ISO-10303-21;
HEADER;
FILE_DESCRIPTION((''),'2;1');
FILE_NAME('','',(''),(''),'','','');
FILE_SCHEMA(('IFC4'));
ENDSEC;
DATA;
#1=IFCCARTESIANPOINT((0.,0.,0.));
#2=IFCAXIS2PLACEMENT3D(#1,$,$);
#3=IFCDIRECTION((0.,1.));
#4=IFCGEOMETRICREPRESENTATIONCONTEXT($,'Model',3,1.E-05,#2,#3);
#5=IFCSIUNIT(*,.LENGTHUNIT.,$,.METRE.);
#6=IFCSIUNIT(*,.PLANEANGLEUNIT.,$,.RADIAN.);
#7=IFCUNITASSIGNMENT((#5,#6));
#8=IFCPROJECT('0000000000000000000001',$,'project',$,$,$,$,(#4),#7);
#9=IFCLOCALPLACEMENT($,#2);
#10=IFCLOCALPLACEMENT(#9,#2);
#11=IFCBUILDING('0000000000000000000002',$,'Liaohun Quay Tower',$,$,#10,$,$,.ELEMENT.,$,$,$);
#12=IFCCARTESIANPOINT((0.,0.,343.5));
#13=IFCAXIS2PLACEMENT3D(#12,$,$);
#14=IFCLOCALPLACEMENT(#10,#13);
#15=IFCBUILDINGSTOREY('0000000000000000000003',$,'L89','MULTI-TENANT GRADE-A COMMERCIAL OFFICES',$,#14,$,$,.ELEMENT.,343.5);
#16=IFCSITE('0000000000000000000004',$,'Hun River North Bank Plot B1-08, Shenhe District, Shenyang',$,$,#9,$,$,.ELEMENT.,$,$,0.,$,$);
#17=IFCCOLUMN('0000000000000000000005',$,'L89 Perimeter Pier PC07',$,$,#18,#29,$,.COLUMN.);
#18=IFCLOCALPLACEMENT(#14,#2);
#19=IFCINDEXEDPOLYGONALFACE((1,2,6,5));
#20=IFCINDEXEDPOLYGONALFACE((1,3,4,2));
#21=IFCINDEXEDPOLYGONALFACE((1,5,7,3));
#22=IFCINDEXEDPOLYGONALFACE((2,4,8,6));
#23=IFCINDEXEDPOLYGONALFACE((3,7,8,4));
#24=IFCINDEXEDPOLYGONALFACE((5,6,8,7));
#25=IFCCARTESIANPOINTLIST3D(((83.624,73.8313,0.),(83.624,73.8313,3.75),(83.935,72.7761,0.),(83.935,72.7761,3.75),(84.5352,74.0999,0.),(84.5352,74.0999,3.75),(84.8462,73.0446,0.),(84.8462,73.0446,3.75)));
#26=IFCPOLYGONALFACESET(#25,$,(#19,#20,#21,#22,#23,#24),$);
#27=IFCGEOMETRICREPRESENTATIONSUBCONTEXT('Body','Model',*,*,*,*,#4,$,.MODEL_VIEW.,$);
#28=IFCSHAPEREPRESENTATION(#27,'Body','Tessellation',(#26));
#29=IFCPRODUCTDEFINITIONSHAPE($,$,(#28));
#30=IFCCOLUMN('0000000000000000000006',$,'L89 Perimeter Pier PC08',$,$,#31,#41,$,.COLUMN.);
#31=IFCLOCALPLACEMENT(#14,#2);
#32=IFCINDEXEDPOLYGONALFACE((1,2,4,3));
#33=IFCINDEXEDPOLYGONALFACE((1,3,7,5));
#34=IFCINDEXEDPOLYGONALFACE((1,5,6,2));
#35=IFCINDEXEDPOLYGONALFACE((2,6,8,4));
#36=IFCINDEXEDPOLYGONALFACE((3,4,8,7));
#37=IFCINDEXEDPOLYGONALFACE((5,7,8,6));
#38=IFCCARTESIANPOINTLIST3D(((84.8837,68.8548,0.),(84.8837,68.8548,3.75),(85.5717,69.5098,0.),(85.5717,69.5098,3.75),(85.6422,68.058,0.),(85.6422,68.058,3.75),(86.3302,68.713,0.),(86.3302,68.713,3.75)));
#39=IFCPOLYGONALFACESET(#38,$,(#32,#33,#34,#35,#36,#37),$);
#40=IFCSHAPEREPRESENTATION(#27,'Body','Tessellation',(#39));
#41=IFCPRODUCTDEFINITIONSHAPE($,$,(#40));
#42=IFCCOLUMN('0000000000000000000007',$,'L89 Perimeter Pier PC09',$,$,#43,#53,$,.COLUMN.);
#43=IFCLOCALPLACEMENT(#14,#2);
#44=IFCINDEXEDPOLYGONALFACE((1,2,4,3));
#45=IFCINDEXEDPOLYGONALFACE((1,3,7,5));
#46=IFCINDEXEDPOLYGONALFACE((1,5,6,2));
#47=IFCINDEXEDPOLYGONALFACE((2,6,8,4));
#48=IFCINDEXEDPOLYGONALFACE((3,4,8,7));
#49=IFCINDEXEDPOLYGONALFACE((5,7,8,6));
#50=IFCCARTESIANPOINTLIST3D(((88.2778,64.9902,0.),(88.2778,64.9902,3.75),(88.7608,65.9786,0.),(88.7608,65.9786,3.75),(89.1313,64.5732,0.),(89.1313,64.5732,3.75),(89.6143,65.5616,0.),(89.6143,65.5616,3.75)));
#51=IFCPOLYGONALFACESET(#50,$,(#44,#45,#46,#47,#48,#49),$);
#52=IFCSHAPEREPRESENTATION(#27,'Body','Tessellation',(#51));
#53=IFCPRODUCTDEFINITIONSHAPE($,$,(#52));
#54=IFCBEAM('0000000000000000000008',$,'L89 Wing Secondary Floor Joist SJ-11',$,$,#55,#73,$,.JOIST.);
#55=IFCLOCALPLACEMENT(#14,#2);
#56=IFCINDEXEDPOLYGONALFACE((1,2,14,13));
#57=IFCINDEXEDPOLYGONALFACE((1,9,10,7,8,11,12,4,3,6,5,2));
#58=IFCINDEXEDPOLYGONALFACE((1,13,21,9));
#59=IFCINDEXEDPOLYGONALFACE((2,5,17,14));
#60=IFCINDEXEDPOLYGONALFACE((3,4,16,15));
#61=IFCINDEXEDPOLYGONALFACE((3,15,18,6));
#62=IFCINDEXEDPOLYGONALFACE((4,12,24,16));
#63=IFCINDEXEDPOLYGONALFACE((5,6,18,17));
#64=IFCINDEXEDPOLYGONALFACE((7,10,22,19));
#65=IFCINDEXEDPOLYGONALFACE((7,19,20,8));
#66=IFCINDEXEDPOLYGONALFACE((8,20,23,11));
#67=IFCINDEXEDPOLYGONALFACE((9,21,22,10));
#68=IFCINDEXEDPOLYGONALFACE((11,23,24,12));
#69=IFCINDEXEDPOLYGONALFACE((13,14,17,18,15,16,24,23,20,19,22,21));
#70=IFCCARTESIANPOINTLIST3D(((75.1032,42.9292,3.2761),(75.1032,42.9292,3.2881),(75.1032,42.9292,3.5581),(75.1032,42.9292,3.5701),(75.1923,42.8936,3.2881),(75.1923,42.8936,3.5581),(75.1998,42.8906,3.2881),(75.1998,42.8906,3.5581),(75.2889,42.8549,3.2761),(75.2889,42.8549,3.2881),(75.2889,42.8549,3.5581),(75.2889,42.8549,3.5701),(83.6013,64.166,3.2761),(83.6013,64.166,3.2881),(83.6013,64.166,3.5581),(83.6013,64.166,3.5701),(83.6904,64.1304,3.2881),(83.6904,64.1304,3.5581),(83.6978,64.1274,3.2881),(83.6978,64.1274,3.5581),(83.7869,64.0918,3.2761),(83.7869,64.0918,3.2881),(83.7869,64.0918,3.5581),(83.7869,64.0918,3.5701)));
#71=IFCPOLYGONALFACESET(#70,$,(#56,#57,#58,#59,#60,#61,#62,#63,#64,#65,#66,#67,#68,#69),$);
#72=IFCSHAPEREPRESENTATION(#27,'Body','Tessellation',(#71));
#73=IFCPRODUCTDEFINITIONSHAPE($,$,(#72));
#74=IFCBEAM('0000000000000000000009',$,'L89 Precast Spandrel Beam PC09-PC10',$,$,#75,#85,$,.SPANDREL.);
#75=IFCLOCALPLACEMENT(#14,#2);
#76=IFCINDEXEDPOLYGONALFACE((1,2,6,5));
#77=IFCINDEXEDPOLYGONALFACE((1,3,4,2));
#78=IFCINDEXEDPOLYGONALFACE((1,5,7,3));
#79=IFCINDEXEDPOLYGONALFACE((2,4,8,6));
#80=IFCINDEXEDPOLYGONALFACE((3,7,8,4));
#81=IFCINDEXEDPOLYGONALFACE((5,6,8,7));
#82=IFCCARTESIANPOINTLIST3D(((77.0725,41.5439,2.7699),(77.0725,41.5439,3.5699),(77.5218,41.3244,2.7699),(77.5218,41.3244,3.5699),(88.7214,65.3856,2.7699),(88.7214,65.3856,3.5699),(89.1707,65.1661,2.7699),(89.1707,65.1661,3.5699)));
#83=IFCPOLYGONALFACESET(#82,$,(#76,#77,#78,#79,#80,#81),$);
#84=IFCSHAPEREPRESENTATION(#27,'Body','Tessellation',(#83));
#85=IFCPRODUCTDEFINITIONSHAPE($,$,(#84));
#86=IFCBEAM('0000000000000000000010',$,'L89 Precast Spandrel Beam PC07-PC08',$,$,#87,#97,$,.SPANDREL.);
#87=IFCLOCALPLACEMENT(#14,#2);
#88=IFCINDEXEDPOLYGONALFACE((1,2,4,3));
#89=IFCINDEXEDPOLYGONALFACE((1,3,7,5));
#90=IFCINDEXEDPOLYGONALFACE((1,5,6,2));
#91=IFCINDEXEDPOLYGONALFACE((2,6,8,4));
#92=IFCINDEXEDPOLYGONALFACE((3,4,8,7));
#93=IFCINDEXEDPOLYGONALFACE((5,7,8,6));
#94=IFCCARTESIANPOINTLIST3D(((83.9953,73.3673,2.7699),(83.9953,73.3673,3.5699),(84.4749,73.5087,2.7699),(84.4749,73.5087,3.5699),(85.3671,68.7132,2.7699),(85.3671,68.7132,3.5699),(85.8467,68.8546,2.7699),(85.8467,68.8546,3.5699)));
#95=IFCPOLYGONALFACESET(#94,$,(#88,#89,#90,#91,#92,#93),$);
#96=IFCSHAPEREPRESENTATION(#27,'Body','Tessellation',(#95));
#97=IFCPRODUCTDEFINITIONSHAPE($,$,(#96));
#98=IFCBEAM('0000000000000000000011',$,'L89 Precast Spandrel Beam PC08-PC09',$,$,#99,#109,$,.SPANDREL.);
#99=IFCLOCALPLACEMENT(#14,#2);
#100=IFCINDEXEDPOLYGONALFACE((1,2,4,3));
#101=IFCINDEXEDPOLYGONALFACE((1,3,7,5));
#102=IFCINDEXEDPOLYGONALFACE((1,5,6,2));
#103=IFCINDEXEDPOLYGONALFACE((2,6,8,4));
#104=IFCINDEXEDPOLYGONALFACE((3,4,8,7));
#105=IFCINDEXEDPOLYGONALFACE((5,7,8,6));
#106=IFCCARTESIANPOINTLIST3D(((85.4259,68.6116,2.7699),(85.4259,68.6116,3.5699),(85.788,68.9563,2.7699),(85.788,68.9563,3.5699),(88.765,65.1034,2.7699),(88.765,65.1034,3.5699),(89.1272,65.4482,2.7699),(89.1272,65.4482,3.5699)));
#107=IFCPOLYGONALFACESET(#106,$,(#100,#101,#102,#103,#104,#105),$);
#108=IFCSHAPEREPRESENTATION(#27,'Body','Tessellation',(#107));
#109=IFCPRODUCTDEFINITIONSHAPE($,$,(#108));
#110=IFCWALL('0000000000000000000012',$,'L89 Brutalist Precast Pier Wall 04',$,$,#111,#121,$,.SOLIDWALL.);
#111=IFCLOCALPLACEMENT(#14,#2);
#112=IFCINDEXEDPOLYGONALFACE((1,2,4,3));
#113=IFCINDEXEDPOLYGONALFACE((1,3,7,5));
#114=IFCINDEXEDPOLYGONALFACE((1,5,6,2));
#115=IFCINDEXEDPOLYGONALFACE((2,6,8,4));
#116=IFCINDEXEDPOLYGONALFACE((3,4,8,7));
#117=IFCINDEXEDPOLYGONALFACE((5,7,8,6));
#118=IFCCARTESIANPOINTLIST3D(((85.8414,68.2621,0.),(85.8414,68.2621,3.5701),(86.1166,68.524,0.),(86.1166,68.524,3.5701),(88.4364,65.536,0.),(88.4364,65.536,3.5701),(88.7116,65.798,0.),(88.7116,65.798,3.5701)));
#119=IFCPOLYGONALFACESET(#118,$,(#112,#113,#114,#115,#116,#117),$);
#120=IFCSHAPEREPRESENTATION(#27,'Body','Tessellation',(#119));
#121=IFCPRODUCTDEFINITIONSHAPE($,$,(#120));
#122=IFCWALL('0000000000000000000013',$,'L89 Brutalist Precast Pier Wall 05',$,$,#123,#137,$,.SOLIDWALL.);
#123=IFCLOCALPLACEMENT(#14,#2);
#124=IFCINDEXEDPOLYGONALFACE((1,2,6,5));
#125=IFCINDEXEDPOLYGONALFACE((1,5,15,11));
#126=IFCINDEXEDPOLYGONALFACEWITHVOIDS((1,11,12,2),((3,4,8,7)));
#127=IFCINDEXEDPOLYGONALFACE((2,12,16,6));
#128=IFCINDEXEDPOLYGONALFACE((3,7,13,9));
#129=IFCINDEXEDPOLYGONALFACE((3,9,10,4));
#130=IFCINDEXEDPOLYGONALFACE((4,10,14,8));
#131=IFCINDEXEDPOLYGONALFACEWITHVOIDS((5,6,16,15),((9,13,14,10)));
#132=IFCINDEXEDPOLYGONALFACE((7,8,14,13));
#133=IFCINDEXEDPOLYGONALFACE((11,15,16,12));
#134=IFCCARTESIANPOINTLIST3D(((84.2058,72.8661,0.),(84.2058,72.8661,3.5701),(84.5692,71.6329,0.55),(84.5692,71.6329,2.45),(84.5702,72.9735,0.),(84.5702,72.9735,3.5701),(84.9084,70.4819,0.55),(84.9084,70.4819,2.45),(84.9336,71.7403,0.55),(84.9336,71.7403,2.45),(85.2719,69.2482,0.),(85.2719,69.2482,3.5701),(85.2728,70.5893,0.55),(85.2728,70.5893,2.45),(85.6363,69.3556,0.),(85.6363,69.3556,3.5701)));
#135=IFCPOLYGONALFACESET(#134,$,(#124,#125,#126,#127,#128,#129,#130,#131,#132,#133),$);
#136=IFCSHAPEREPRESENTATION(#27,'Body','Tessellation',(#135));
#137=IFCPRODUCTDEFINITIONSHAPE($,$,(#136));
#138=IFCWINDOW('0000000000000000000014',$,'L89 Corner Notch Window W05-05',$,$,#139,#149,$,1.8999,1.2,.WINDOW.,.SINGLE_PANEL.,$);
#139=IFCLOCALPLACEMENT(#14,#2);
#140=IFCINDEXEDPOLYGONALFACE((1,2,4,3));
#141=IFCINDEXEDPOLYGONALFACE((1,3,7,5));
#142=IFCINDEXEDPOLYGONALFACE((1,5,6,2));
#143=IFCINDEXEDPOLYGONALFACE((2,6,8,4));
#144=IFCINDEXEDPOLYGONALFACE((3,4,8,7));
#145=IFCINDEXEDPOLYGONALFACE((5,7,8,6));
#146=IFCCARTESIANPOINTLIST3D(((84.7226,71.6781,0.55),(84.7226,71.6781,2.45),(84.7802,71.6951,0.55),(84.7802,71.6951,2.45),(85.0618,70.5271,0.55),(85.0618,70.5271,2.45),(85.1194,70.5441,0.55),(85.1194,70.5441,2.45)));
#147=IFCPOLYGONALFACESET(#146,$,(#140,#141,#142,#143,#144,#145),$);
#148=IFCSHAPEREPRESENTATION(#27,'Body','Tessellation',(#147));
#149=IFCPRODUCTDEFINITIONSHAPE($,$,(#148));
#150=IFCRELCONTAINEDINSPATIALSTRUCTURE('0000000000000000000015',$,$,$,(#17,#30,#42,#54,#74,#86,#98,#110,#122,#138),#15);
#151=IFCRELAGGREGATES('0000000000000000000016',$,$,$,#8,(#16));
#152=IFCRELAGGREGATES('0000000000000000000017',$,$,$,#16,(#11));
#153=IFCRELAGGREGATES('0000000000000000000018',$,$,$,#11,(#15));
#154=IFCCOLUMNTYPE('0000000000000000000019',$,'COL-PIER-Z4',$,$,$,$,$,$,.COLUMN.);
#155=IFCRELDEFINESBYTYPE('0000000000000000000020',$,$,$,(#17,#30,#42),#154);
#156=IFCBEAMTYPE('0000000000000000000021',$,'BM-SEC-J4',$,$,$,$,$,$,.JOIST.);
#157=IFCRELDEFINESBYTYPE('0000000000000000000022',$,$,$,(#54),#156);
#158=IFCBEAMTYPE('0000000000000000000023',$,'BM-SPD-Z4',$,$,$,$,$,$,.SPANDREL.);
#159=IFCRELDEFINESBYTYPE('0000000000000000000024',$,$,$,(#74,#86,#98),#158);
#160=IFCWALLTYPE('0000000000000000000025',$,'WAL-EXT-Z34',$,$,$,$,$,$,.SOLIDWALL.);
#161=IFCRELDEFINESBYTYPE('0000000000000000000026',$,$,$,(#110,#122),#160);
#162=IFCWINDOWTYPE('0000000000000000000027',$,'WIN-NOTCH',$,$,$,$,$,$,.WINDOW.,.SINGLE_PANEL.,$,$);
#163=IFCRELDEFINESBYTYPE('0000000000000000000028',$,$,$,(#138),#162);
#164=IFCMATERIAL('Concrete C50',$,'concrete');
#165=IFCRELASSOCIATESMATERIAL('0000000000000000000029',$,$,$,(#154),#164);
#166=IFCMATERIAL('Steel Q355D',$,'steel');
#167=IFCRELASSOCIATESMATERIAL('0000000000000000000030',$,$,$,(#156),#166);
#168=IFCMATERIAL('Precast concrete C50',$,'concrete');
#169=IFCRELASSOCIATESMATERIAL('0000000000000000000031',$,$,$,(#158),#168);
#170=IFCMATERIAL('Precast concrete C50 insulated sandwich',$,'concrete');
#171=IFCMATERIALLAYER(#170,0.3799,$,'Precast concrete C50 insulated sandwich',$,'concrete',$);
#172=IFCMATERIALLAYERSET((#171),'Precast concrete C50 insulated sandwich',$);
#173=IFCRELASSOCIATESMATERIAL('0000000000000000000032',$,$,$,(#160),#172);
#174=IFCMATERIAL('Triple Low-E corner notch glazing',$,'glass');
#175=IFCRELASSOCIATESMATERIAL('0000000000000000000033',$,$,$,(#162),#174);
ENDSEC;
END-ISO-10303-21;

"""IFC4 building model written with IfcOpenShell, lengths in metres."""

from ifc_helpers import new_model, si_unit, direction, frame, frame_2d, origin, origin_2d, place, context, subcontext, project, spatial, rectangle, i_section, extrude, source, transform, mapped, material, layer, layer_set, material_profile, profile_set, type_object, element, fill, save


model = new_model("IFC4")

# Units and contexts
model_context = context("Model", 3, precision=1e-05, world=origin(), true_north=direction((0.0, 1.0)))
body_context = subcontext(model_context, "Body", "Model", "MODEL_VIEW")
ifc_project = project(units=[si_unit("LENGTHUNIT", "METRE"), si_unit("PLANEANGLEUNIT", "RADIAN")], contexts=[model_context])

# Site, building, storey
site_placement = place(None, origin())
site = spatial("IfcSite", under=ifc_project, at=site_placement, Name="Hun River North Bank Plot B1-08, Shenhe District, Shenyang", CompositionType="ELEMENT", RefElevation=0.0)
building_placement = place(site_placement, origin())
building = spatial("IfcBuilding", under=site, at=building_placement, Name="Liaohun Quay Tower", CompositionType="ELEMENT")
storey_placement = place(building_placement, frame((0.0, 0.0, 343.5)))
storey = spatial("IfcBuildingStorey", under=building, at=storey_placement, Name="L89", Description="MULTI-TENANT GRADE-A COMMERCIAL OFFICES", CompositionType="ELEMENT", Elevation=343.5)

# Columns
ifc_material_1 = material(Name="Concrete C50", Category="concrete")
ifc_material_profile_1 = material_profile(ifc_material_1, rectangle(XDim=1.1001, YDim=0.95, at=origin_2d()), Name="RC1100x950")
ifc_profile_set_1 = profile_set([ifc_material_profile_1], Name="Concrete C50")
column_type = type_object("IfcColumnType", Name="COL-PIER-Z4", PredefinedType="COLUMN", material=ifc_profile_set_1)
shared_shape_1 = source(origin(), body_context, "Body", "SweptSolid", [
    extrude(rectangle(XDim=1.1001, YDim=0.95, at=origin_2d()), origin(), (0.0, 0.0, 1.0), 3.75),
])
for number, where, z_axis, x_axis, name in (
    (1, (84.2351, 73.438, 0.0), (0.0, 0.0, 1.0), (-0.282676, 0.959215, 0.0), "L89 Perimeter Pier PC07"),
    (2, (85.6069, 68.7839, 0.0), (0.0, 0.0, 1.0), (-0.689493, 0.724292, 0.0), "L89 Perimeter Pier PC08"),
    (3, (88.946, 65.2759, 0.0), (0.0, 0.0, 1.0), (0.438999, 0.898488, 0.0), "L89 Perimeter Pier PC09"),
):
    element("IfcColumn", number, at=place(storey_placement, frame(where, z_axis=z_axis, x_axis=x_axis)), inside=storey, type_object=column_type, Name=name, PredefinedType="COLUMN", context=body_context, shape_type="MappedRepresentation", body=[
        mapped(shared_shape_1, transform((0.0, 0.0, 0.0), x_axis=(1.0, 0.0, 0.0), y_axis=(0.0, 1.0, 0.0), z_axis=(0.0, 0.0, 1.0), scale=1.0)),
    ])

# Beams
ifc_material_2 = material(Name="Steel Q355D", Category="steel")
ifc_material_profile_2 = material_profile(ifc_material_2, i_section(OverallWidth=0.2, OverallDepth=0.2939, WebThickness=0.0081, FlangeThickness=0.012, at=origin_2d()), Name="HM294x200x8x12")
ifc_profile_set_2 = profile_set([ifc_material_profile_2], Name="Steel Q355D")
beam_type_1 = type_object("IfcBeamType", Name="BM-SEC-J4", PredefinedType="JOIST", material=ifc_profile_set_2)
shared_shape_2 = source(origin(), body_context, "Body", "SweptSolid", [
    extrude(i_section(OverallWidth=0.2, OverallDepth=0.2939, WebThickness=0.0081, FlangeThickness=0.012, at=origin_2d()), origin(), (0.0, 0.0, 1.0), 22.874),
])
beam_1_placement = place(storey_placement, frame((83.6941, 64.1289, 3.4231), z_axis=(-0.371516, -0.928427, 0.0), x_axis=(0.928427, -0.371516, 0.0)))
element("IfcBeam", 4, at=beam_1_placement, inside=storey, type_object=beam_type_1, Name="L89 Wing Secondary Floor Joist SJ-11", PredefinedType="JOIST", context=body_context, shape_type="MappedRepresentation", body=[
    mapped(shared_shape_2, transform((0.0, 0.0, 0.0), x_axis=(1.0, 0.0, 0.0), y_axis=(0.0, 1.0, 0.0), z_axis=(0.0, 0.0, 1.0), scale=1.0)),
])
ifc_material_3 = material(Name="Precast concrete C50", Category="concrete")
ifc_material_profile_3 = material_profile(ifc_material_3, rectangle(XDim=0.5, YDim=0.8, at=origin_2d()), Name="RC500x800")
ifc_profile_set_3 = profile_set([ifc_material_profile_3], Name="Precast concrete C50")
beam_type_2 = type_object("IfcBeamType", Name="BM-SPD-Z4", PredefinedType="SPANDREL", material=ifc_profile_set_3)
shared_shape_3 = source(origin(), body_context, "Body", "SweptSolid", [
    extrude(rectangle(XDim=0.5, YDim=0.8, at=origin_2d()), origin(), (0.0, 0.0, 1.0), 26.5354),
])
beam_2_placement = place(storey_placement, frame((88.946, 65.2759, 3.1699), z_axis=(-0.438995, -0.898489, 0.0), x_axis=(0.898489, -0.438995, 0.0)))
element("IfcBeam", 5, at=beam_2_placement, inside=storey, type_object=beam_type_2, Name="L89 Precast Spandrel Beam PC09-PC10", PredefinedType="SPANDREL", context=body_context, shape_type="MappedRepresentation", body=[
    mapped(shared_shape_3, transform((0.0, 0.0, 0.0), x_axis=(1.0, 0.0, 0.0), y_axis=(0.0, 1.0, 0.0), z_axis=(0.0, 0.0, 1.0), scale=1.0)),
])
shared_shape_4 = source(origin(), body_context, "Body", "SweptSolid", [
    extrude(rectangle(XDim=0.5, YDim=0.8, at=origin_2d()), origin(), (0.0, 0.0, 1.0), 4.8521),
])
beam_3_placement = place(storey_placement, frame((84.2351, 73.438, 3.1699), z_axis=(0.282733, -0.959199, 0.0), x_axis=(0.959199, 0.282733, 0.0)))
element("IfcBeam", 6, at=beam_3_placement, inside=storey, type_object=beam_type_2, Name="L89 Precast Spandrel Beam PC07-PC08", PredefinedType="SPANDREL", context=body_context, shape_type="MappedRepresentation", body=[
    mapped(shared_shape_4, transform((0.0, 0.0, 0.0), x_axis=(1.0, 0.0, 0.0), y_axis=(0.0, 1.0, 0.0), z_axis=(0.0, 0.0, 1.0), scale=1.0)),
])
shared_shape_5 = source(origin(), body_context, "Body", "SweptSolid", [
    extrude(rectangle(XDim=0.5, YDim=0.8, at=origin_2d()), origin(), (0.0, 0.0, 1.0), 4.8433),
])
beam_4_placement = place(storey_placement, frame((85.6069, 68.7839, 3.1699), z_axis=(0.68945, -0.724333, 0.0), x_axis=(0.724333, 0.68945, 0.0)))
element("IfcBeam", 7, at=beam_4_placement, inside=storey, type_object=beam_type_2, Name="L89 Precast Spandrel Beam PC08-PC09", PredefinedType="SPANDREL", context=body_context, shape_type="MappedRepresentation", body=[
    mapped(shared_shape_5, transform((0.0, 0.0, 0.0), x_axis=(1.0, 0.0, 0.0), y_axis=(0.0, 1.0, 0.0), z_axis=(0.0, 0.0, 1.0), scale=1.0)),
])

# Wall
ifc_material_4 = material(Name="Precast concrete C50 insulated sandwich", Category="concrete")
ifc_layer_1 = layer(ifc_material_4, 0.3799, Name="Precast concrete C50 insulated sandwich", Category="concrete")
ifc_layer_set_1 = layer_set([ifc_layer_1], Name="Precast concrete C50 insulated sandwich")
wall_type_1 = type_object("IfcWallType", Name="WAL-EXT-Z34", PredefinedType="SOLIDWALL", material=ifc_layer_set_1)
wall_1_placement = place(storey_placement, frame((88.574, 65.667, 0.0), z_axis=(0.0, 0.0, 1.0), x_axis=(-0.689475, 0.724309, 0.0)))
element("IfcWall", 8, at=wall_1_placement, inside=storey, type_object=wall_type_1, Name="L89 Brutalist Precast Pier Wall 04", PredefinedType="SOLIDWALL", context=body_context, shape_type="SweptSolid", body=[
    extrude(rectangle(XDim=3.7637, YDim=0.3799, at=frame_2d((1.8818, 0.0))), origin(), (0.0, 0.0, 1.0), 3.5701),
])

# Wall, opening, window
wall_2_placement = place(storey_placement, frame((85.4541, 69.302, 0.0), z_axis=(0.0, 0.0, 1.0), x_axis=(-0.282671, 0.959217, 0.0)))
wall_2 = element("IfcWall", 9, at=wall_2_placement, inside=storey, type_object=wall_type_1, Name="L89 Brutalist Precast Pier Wall 05", PredefinedType="SOLIDWALL", context=body_context, shape_type="SweptSolid", body=[
    extrude(rectangle(XDim=3.7717, YDim=0.3799, at=frame_2d((1.8857, 0.0))), origin(), (0.0, 0.0, 1.0), 3.5701),
])
shared_shape_6 = source(origin(), body_context, "Body", "SweptSolid", [
    extrude(rectangle(XDim=1.2, YDim=1.8999, at=frame_2d((0.6001, 0.95))), frame((0.0, 0.2, 0.0), z_axis=(0.0, -1.0, 0.0), x_axis=(1.0, 0.0, 0.0)), (0.0, 0.0, 1.0), 0.3999),
])
opening_1_placement = place(wall_2_placement, frame((1.2859, 0.0, 0.55)))
opening_1 = element("IfcOpeningElement", 10, at=opening_1_placement, cuts=wall_2, PredefinedType="OPENING", context=body_context, shape_type="MappedRepresentation", body=[
    mapped(shared_shape_6, transform((0.0, 0.0, 0.0), x_axis=(1.0, 0.0, 0.0), y_axis=(0.0, 1.0, 0.0), z_axis=(0.0, 0.0, 1.0), scale=1.0)),
])
ifc_material_5 = material(Name="Triple Low-E corner notch glazing", Category="glass")
window_type_1 = type_object("IfcWindowType", Name="WIN-NOTCH", PartitioningType="SINGLE_PANEL", PredefinedType="WINDOW", material=ifc_material_5)
shared_shape_7 = source(origin(), body_context, "Body", "SweptSolid", [
    extrude(rectangle(XDim=1.2, YDim=1.8999, at=frame_2d((0.6001, 0.95))), frame((0.0, 0.03, 0.0), z_axis=(0.0, -1.0, 0.0), x_axis=(1.0, 0.0, 0.0)), (0.0, 0.0, 1.0), 0.0601),
])
window_1_placement = place(opening_1_placement, origin())
window_1 = element("IfcWindow", 11, at=window_1_placement, inside=storey, type_object=window_type_1, Name="L89 Corner Notch Window W05-05", OverallHeight=1.8999, OverallWidth=1.2, PartitioningType="SINGLE_PANEL", PredefinedType="WINDOW", context=body_context, shape_type="MappedRepresentation", body=[
    mapped(shared_shape_7, transform((0.0, 0.0, 0.0), x_axis=(1.0, 0.0, 0.0), y_axis=(0.0, 1.0, 0.0), z_axis=(0.0, 0.0, 1.0), scale=1.0)),
])
fill(opening_1, window_1)

save(model, "model.ifc")
